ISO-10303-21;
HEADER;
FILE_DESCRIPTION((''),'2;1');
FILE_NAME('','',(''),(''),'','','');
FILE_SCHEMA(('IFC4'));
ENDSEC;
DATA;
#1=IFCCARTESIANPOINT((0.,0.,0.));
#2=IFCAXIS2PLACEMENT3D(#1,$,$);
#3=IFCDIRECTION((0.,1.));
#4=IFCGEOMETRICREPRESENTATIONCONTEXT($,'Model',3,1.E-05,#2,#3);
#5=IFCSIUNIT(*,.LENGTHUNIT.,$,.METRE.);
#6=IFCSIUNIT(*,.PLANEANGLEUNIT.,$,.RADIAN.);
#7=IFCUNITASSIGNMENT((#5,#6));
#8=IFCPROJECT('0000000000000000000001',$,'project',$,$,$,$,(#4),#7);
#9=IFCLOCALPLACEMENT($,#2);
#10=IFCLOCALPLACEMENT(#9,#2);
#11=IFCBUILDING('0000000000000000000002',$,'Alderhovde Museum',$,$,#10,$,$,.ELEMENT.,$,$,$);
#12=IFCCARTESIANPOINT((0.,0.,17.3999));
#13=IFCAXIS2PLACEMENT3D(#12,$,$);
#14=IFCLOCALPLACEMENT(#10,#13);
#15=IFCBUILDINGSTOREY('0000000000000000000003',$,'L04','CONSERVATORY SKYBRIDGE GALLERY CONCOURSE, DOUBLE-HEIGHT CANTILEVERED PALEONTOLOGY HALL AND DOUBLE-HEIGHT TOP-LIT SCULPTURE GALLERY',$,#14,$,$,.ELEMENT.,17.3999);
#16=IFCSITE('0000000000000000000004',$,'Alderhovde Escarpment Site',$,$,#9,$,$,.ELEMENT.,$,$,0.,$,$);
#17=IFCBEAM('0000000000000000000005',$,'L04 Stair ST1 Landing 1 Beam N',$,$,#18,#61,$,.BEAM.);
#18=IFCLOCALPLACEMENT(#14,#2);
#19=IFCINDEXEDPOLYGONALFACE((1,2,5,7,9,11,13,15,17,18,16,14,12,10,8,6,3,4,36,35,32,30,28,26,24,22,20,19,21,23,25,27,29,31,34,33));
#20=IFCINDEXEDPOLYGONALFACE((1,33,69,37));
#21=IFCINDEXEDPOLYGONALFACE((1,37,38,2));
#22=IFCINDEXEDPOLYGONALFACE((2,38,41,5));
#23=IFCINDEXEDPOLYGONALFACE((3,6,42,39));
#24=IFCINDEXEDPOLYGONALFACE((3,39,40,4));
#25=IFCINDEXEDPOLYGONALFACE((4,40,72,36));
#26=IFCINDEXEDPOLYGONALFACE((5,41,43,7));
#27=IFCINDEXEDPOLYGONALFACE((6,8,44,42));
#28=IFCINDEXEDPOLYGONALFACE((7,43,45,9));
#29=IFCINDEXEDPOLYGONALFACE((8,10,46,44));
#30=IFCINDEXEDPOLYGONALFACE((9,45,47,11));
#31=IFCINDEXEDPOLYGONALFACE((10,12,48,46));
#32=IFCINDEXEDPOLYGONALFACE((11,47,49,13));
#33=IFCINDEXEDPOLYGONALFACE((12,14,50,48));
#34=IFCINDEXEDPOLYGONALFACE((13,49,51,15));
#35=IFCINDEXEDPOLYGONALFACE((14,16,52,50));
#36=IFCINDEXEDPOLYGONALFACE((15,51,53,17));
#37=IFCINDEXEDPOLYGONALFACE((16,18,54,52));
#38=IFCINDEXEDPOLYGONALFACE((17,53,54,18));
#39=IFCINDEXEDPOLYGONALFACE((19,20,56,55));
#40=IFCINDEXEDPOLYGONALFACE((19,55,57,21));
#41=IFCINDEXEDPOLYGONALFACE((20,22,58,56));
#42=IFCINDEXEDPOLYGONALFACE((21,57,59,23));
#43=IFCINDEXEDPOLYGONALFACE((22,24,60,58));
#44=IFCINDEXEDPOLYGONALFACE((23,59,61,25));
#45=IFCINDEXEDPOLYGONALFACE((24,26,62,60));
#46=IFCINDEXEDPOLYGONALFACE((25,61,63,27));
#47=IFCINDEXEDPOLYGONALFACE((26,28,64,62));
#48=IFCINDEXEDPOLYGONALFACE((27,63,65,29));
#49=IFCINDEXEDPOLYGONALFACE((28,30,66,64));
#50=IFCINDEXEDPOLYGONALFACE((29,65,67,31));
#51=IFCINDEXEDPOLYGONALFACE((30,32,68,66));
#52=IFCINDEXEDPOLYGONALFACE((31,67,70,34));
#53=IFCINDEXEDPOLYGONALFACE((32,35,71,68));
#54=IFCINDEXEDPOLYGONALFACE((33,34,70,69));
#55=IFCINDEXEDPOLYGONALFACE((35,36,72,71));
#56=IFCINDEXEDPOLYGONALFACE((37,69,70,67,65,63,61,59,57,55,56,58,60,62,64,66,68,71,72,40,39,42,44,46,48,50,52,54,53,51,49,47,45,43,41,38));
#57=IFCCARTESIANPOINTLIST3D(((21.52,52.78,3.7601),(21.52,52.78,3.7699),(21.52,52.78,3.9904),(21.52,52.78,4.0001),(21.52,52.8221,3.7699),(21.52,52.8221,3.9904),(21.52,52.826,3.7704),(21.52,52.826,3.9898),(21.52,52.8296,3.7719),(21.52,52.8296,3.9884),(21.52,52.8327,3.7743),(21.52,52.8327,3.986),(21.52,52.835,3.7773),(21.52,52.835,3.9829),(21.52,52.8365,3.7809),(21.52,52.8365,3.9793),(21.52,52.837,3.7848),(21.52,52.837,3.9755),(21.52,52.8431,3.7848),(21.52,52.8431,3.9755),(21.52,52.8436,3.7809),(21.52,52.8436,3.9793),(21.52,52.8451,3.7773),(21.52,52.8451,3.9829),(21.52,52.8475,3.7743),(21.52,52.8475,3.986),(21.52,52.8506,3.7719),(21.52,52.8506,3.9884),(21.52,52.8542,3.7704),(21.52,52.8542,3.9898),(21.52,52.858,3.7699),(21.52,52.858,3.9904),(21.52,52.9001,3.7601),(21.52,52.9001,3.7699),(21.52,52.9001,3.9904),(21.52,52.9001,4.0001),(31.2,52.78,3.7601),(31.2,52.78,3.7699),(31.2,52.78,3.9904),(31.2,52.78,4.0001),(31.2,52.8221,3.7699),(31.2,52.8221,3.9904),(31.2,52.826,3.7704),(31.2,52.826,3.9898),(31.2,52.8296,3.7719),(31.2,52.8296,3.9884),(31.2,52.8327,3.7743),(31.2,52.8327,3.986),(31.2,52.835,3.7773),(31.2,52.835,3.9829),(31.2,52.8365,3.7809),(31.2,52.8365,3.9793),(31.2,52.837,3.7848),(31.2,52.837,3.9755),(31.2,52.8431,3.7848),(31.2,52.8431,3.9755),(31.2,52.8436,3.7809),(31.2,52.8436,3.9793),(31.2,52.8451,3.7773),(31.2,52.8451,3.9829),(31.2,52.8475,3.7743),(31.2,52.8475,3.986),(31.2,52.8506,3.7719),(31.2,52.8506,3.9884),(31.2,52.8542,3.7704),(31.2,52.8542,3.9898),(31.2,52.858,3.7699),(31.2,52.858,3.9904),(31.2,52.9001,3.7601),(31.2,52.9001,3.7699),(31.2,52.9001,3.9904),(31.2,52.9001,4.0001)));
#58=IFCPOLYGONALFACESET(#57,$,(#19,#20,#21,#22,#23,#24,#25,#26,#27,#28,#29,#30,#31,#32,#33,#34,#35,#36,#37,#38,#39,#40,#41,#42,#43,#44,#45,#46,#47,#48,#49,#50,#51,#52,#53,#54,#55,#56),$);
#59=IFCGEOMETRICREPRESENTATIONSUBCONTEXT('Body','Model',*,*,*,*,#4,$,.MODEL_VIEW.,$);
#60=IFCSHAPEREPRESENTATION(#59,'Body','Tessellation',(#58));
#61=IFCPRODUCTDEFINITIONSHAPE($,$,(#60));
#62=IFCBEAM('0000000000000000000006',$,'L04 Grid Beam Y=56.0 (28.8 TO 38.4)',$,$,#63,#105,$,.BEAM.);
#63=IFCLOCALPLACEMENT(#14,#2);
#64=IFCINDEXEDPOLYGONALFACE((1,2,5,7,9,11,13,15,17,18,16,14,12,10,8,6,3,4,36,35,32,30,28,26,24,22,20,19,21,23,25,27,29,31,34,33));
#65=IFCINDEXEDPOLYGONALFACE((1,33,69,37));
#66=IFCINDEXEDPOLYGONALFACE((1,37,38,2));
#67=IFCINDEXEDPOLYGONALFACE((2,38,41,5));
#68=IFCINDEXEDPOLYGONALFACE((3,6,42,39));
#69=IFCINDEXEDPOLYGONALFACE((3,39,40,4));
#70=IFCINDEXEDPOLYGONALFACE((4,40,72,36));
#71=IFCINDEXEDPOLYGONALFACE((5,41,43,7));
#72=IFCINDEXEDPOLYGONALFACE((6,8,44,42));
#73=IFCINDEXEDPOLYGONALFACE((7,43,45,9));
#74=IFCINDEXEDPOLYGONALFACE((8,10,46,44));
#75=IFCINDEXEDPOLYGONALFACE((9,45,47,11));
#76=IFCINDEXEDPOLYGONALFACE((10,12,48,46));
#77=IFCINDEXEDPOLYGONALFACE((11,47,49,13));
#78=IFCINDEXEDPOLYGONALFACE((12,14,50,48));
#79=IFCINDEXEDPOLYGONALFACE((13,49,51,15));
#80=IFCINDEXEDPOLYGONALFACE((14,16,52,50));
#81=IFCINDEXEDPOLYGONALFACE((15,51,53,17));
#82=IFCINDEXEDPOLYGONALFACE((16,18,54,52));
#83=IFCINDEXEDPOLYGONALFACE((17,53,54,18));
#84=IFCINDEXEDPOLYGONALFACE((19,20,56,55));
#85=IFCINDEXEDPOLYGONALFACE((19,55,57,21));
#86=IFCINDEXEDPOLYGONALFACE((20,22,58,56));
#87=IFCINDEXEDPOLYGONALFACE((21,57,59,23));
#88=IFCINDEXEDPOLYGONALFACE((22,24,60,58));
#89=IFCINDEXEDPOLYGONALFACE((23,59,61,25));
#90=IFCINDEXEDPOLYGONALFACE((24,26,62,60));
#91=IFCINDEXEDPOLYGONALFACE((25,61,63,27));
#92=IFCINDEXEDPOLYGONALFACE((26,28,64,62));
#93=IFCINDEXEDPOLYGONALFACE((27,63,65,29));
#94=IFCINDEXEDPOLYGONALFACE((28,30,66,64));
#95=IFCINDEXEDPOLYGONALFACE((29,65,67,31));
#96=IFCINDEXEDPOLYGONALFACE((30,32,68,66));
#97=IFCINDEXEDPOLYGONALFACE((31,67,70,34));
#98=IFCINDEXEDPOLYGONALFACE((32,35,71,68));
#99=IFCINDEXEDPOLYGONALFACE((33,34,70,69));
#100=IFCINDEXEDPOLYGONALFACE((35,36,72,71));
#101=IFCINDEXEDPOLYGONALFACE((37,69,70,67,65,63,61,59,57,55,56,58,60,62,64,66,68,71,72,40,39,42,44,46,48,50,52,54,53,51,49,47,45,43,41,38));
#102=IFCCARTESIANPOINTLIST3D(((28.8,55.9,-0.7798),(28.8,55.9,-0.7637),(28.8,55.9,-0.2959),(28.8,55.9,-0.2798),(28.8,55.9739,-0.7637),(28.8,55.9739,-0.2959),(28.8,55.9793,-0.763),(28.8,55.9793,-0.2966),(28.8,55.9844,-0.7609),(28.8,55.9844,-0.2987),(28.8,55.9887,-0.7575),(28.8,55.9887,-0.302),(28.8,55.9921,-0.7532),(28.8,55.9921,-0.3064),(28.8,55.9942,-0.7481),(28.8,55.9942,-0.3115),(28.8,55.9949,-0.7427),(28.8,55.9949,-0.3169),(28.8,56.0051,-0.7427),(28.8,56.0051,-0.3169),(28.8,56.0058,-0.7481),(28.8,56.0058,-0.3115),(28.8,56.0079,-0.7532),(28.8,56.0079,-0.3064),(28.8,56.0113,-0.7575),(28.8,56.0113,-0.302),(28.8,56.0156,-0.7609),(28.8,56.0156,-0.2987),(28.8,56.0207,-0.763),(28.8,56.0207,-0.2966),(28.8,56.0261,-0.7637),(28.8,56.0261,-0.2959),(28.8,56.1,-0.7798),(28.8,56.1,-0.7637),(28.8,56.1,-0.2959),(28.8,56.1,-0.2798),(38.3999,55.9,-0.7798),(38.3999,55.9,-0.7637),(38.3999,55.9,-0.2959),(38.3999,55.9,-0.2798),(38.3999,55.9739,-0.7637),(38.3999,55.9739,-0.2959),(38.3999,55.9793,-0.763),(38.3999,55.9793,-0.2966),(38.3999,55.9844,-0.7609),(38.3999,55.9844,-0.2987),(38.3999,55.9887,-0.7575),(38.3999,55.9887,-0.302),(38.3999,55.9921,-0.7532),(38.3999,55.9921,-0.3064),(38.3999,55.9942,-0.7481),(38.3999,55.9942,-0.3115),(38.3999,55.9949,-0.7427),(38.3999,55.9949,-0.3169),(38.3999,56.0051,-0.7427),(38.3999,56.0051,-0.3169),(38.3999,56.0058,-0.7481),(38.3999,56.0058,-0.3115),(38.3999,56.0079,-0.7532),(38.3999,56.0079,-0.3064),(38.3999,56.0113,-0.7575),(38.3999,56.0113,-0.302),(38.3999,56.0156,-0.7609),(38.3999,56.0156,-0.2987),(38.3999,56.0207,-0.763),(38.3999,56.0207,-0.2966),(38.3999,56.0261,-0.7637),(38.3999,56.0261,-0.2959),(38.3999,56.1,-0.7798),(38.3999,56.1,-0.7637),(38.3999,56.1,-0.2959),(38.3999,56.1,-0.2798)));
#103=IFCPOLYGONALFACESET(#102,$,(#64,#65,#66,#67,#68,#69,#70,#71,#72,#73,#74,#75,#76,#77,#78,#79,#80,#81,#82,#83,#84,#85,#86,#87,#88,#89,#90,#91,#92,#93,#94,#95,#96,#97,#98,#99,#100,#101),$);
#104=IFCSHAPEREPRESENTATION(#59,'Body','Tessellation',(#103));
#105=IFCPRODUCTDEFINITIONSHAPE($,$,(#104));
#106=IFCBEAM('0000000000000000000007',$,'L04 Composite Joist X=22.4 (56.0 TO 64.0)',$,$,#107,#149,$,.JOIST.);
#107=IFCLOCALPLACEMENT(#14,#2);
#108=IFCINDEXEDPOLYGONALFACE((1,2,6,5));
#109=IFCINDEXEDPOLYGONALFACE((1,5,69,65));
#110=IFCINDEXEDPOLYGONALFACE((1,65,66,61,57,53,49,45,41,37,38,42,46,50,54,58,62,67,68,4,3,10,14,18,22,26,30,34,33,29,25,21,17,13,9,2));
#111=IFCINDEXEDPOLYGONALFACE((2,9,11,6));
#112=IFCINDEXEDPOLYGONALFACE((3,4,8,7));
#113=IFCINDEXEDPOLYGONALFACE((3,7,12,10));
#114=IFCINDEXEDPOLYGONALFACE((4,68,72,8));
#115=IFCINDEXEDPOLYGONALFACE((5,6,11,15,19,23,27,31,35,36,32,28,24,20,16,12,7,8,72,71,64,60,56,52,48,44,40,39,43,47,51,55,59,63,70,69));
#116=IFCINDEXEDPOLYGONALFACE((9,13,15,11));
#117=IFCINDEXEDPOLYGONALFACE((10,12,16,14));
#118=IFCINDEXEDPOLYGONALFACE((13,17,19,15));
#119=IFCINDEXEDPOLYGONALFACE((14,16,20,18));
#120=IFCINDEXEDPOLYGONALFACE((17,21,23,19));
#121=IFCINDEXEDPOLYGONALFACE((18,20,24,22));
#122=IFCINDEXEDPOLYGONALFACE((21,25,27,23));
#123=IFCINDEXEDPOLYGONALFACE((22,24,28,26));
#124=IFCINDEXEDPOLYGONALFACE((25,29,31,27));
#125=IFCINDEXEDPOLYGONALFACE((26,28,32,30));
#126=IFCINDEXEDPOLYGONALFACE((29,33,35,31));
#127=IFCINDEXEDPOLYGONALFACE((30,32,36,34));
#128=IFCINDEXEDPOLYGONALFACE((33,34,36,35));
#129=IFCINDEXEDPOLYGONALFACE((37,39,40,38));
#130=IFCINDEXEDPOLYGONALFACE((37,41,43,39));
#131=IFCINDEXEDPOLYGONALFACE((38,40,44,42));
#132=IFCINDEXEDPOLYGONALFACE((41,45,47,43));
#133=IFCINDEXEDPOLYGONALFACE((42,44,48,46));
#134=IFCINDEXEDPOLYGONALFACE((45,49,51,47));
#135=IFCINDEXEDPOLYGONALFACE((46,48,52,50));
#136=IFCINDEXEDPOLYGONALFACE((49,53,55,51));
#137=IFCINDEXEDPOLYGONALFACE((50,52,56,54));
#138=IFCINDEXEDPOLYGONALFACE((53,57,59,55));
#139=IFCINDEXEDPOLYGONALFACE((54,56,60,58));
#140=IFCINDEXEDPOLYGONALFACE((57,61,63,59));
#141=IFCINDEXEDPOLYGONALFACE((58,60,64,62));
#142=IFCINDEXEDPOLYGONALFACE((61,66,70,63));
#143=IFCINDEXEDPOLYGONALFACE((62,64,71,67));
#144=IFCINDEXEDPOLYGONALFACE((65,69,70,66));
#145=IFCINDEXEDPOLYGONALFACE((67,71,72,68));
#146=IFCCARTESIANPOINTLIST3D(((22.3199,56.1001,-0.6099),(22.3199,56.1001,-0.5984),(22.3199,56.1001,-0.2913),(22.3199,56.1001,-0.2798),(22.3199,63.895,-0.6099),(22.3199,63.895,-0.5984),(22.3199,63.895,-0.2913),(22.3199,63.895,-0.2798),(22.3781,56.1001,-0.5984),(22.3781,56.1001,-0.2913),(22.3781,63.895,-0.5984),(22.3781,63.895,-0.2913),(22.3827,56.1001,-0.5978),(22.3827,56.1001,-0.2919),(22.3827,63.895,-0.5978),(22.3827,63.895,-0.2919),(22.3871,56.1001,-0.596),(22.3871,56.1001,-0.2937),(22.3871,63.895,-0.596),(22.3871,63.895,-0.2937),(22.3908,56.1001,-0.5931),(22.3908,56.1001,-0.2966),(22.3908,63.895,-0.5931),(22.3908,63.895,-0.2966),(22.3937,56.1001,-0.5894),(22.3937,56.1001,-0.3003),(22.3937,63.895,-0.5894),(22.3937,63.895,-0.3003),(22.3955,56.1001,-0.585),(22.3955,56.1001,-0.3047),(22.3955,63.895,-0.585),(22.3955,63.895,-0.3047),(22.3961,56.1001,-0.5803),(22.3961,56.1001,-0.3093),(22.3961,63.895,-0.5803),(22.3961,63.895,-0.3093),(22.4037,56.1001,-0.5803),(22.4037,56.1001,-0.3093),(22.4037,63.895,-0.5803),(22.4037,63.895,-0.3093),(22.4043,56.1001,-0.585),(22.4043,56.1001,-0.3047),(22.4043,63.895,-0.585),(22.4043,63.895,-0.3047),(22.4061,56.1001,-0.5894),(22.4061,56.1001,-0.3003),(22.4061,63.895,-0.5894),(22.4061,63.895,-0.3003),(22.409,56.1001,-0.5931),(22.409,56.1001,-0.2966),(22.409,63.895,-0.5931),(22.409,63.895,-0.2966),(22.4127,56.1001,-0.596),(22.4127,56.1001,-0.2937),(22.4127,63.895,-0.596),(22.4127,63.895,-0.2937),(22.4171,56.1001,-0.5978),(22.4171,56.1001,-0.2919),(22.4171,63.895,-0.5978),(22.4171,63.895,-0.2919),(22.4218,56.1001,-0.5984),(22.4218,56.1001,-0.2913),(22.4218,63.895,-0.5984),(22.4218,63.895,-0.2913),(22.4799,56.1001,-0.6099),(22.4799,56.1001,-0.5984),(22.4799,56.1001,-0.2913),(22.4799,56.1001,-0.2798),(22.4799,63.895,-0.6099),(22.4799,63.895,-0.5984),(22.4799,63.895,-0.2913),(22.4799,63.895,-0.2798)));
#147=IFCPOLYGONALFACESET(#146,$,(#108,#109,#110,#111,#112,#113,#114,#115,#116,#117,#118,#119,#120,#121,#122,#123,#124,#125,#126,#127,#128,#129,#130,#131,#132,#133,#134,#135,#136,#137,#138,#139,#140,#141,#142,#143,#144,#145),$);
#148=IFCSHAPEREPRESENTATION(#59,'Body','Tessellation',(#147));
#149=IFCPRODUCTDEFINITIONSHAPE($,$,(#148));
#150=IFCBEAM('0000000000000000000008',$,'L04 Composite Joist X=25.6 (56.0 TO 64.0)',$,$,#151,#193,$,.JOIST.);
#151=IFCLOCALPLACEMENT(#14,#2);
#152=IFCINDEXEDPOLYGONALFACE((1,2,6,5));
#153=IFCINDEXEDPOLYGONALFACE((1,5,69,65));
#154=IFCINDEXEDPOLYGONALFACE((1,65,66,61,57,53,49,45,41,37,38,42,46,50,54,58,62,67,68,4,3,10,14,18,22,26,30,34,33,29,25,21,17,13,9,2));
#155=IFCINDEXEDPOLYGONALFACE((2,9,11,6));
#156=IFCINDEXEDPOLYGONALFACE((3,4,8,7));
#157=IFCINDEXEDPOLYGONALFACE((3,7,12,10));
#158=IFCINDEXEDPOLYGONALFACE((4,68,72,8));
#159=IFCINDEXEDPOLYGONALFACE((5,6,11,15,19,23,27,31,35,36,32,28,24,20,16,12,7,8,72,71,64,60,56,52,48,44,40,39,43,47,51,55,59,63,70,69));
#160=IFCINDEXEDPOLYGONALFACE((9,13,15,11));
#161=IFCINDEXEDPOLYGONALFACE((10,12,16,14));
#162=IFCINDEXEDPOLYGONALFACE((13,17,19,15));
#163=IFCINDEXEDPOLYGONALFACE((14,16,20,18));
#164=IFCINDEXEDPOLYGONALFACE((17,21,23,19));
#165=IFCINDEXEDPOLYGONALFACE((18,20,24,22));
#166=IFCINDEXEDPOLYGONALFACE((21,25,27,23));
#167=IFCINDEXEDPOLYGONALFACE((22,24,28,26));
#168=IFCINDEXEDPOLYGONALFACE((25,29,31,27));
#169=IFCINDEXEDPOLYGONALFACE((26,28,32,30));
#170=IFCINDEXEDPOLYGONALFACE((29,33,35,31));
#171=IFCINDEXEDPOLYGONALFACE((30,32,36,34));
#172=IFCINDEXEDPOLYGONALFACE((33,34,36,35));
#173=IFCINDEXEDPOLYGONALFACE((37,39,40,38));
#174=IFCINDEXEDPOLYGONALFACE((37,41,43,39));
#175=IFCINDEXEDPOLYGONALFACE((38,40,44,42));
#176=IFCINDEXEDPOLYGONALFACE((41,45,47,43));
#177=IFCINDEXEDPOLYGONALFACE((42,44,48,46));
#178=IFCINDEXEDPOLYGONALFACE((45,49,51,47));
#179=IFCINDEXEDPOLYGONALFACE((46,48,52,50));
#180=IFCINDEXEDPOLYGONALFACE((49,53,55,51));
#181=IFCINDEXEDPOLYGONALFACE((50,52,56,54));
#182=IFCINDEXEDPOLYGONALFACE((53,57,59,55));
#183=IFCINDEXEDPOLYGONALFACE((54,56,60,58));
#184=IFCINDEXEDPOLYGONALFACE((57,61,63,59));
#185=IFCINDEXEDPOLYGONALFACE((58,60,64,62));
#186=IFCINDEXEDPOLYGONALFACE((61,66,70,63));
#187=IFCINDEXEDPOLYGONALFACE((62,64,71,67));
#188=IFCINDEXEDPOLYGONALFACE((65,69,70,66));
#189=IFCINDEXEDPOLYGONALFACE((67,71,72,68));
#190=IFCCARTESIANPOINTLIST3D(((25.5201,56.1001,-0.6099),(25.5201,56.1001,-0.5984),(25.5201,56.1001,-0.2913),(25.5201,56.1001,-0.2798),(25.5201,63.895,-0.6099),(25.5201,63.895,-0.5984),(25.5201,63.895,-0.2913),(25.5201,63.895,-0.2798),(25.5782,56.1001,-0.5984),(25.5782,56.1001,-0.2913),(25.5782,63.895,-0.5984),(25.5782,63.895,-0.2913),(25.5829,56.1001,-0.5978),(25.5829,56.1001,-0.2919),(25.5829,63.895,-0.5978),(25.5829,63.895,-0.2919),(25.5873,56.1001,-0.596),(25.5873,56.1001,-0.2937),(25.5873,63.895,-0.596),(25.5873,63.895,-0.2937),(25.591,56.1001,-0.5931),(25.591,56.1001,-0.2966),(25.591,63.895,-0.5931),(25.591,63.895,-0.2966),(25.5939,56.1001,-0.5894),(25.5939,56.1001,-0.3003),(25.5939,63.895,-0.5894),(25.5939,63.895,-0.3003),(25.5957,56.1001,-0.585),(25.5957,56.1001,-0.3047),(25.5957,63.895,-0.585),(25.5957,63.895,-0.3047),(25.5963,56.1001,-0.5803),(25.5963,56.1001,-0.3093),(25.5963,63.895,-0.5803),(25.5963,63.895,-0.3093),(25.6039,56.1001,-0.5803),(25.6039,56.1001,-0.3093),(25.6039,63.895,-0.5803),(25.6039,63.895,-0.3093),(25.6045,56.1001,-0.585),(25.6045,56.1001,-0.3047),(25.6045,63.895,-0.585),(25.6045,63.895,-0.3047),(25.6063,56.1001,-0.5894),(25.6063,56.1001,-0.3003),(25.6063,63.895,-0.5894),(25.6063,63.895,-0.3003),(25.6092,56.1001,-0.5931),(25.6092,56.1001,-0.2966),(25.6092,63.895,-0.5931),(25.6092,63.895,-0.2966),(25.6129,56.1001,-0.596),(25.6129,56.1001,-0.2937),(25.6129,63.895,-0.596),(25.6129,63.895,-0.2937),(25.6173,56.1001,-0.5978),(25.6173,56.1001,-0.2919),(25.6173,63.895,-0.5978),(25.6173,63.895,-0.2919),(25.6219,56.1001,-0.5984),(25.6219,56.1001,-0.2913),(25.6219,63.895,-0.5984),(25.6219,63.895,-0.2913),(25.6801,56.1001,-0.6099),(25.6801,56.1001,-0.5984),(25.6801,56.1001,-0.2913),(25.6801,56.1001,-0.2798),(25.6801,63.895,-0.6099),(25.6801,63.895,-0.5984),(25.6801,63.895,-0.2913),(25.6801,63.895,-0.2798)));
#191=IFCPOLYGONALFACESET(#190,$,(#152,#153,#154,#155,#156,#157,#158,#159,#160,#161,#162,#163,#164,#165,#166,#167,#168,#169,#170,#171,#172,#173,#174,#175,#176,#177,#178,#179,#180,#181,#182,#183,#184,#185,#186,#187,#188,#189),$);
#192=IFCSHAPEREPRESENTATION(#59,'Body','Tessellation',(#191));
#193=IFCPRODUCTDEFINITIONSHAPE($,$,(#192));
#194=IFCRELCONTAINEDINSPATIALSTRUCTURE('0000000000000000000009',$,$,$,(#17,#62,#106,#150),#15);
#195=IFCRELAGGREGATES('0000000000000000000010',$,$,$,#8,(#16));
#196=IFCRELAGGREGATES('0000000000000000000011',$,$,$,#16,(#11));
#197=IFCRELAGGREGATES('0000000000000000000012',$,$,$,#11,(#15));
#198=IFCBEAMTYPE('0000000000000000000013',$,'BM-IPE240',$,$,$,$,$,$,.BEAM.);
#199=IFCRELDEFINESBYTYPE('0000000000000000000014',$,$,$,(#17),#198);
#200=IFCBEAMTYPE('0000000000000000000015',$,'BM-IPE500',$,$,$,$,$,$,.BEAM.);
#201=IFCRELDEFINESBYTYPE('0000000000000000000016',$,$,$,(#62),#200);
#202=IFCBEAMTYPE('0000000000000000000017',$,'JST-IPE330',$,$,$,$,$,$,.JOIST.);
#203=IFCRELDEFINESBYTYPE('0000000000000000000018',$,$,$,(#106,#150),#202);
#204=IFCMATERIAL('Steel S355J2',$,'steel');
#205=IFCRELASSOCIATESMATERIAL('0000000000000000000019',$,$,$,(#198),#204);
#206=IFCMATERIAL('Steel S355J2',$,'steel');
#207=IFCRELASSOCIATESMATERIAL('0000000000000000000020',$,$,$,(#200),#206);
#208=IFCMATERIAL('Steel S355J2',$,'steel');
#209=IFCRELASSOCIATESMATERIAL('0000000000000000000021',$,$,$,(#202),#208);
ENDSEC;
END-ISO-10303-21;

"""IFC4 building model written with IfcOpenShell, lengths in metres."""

from ifc_helpers import new_model, si_unit, direction, frame, origin, origin_2d, place, context, subcontext, project, spatial, i_section, extrude, material, material_profile, profile_set, type_object, element, save


model = new_model("IFC4")

# Units and contexts
model_context = context("Model", 3, precision=1e-05, world=origin(), true_north=direction((0.0, 1.0)))
body_context = subcontext(model_context, "Body", "Model", "MODEL_VIEW")
ifc_project = project(units=[si_unit("LENGTHUNIT", "METRE"), si_unit("PLANEANGLEUNIT", "RADIAN")], contexts=[model_context])

# Site, building, storey
site_placement = place(None, origin())
site = spatial("IfcSite", under=ifc_project, at=site_placement, Name="Alderhovde Escarpment Site", CompositionType="ELEMENT", RefElevation=0.0)
building_placement = place(site_placement, origin())
building = spatial("IfcBuilding", under=site, at=building_placement, Name="Alderhovde Museum", CompositionType="ELEMENT")
storey_placement = place(building_placement, frame((0.0, 0.0, 17.3999)))
storey = spatial("IfcBuildingStorey", under=building, at=storey_placement, Name="L04", Description="CONSERVATORY SKYBRIDGE GALLERY CONCOURSE, DOUBLE-HEIGHT CANTILEVERED PALEONTOLOGY HALL AND DOUBLE-HEIGHT TOP-LIT SCULPTURE GALLERY", CompositionType="ELEMENT", Elevation=17.3999)

# Beams
ifc_material_1 = material(Name="Steel S355J2", Category="steel")
ifc_material_profile_1 = material_profile(ifc_material_1, i_section(OverallWidth=0.1201, OverallDepth=0.24, WebThickness=0.0061, FlangeThickness=0.0098, FilletRadius=0.0149, at=origin_2d()), Name="IPE 240")
ifc_profile_set_1 = profile_set([ifc_material_profile_1], Name="Steel S355J2")
beam_type_1 = type_object("IfcBeamType", Name="BM-IPE240", PredefinedType="BEAM", material=ifc_profile_set_1)
for number, where, z_axis, x_axis, name in (
    (1, (21.52, 52.8401, 3.8801), (1.0, 0.0, 0.0), (0.0, 1.0, 0.0), "L04 Stair ST1 Landing 1 Beam N"),
):
    element("IfcBeam", number, at=place(storey_placement, frame(where, z_axis=z_axis, x_axis=x_axis)), inside=storey, type_object=beam_type_1, Name=name, PredefinedType="BEAM", context=body_context, shape_type="SweptSolid", body=[
        extrude(i_section(OverallWidth=0.1201, OverallDepth=0.24, WebThickness=0.0061, FlangeThickness=0.0098, FilletRadius=0.0149, at=origin_2d()), origin(), (0.0, 0.0, 1.0), 9.6799),
    ])
ifc_material_2 = material(Name="Steel S355J2", Category="steel")
ifc_material_profile_2 = material_profile(ifc_material_2, i_section(OverallWidth=0.2, OverallDepth=0.5, WebThickness=0.0103, FlangeThickness=0.0161, FilletRadius=0.021, at=origin_2d()), Name="IPE 500")
ifc_profile_set_2 = profile_set([ifc_material_profile_2], Name="Steel S355J2")
beam_type_2 = type_object("IfcBeamType", Name="BM-IPE500", PredefinedType="BEAM", material=ifc_profile_set_2)
beam_1_placement = place(storey_placement, frame((28.8, 56.0, -0.5298), z_axis=(1.0, 0.0, 0.0), x_axis=(0.0, 1.0, 0.0)))
element("IfcBeam", 2, at=beam_1_placement, inside=storey, type_object=beam_type_2, Name="L04 Grid Beam Y=56.0 (28.8 TO 38.4)", PredefinedType="BEAM", context=body_context, shape_type="SweptSolid", body=[
    extrude(i_section(OverallWidth=0.2, OverallDepth=0.5, WebThickness=0.0103, FlangeThickness=0.0161, FilletRadius=0.021, at=origin_2d()), origin(), (0.0, 0.0, 1.0), 9.5999),
])
ifc_material_3 = material(Name="Steel S355J2", Category="steel")
ifc_material_profile_3 = material_profile(ifc_material_3, i_section(OverallWidth=0.1599, OverallDepth=0.3301, WebThickness=0.0076, FlangeThickness=0.0115, FilletRadius=0.0181, at=origin_2d()), Name="IPE 330")
ifc_profile_set_3 = profile_set([ifc_material_profile_3], Name="Steel S355J2")
beam_type_3 = type_object("IfcBeamType", Name="JST-IPE330", PredefinedType="JOIST", material=ifc_profile_set_3)
for number, where, z_axis, x_axis, name in (
    (3, (22.3999, 56.1001, -0.4448), (0.0, 1.0, 0.0), (-1.0, 0.0, 0.0), "L04 Composite Joist X=22.4 (56.0 TO 64.0)"),
    (4, (25.6001, 56.1001, -0.4448), (0.0, 1.0, 0.0), (-1.0, 0.0, 0.0), "L04 Composite Joist X=25.6 (56.0 TO 64.0)"),
):
    element("IfcBeam", number, at=place(storey_placement, frame(where, z_axis=z_axis, x_axis=x_axis)), inside=storey, type_object=beam_type_3, Name=name, PredefinedType="JOIST", context=body_context, shape_type="SweptSolid", body=[
        extrude(i_section(OverallWidth=0.1599, OverallDepth=0.3301, WebThickness=0.0076, FlangeThickness=0.0115, FilletRadius=0.0181, at=origin_2d()), origin(), (0.0, 0.0, 1.0), 7.7949),
    ])

save(model, "model.ifc")
